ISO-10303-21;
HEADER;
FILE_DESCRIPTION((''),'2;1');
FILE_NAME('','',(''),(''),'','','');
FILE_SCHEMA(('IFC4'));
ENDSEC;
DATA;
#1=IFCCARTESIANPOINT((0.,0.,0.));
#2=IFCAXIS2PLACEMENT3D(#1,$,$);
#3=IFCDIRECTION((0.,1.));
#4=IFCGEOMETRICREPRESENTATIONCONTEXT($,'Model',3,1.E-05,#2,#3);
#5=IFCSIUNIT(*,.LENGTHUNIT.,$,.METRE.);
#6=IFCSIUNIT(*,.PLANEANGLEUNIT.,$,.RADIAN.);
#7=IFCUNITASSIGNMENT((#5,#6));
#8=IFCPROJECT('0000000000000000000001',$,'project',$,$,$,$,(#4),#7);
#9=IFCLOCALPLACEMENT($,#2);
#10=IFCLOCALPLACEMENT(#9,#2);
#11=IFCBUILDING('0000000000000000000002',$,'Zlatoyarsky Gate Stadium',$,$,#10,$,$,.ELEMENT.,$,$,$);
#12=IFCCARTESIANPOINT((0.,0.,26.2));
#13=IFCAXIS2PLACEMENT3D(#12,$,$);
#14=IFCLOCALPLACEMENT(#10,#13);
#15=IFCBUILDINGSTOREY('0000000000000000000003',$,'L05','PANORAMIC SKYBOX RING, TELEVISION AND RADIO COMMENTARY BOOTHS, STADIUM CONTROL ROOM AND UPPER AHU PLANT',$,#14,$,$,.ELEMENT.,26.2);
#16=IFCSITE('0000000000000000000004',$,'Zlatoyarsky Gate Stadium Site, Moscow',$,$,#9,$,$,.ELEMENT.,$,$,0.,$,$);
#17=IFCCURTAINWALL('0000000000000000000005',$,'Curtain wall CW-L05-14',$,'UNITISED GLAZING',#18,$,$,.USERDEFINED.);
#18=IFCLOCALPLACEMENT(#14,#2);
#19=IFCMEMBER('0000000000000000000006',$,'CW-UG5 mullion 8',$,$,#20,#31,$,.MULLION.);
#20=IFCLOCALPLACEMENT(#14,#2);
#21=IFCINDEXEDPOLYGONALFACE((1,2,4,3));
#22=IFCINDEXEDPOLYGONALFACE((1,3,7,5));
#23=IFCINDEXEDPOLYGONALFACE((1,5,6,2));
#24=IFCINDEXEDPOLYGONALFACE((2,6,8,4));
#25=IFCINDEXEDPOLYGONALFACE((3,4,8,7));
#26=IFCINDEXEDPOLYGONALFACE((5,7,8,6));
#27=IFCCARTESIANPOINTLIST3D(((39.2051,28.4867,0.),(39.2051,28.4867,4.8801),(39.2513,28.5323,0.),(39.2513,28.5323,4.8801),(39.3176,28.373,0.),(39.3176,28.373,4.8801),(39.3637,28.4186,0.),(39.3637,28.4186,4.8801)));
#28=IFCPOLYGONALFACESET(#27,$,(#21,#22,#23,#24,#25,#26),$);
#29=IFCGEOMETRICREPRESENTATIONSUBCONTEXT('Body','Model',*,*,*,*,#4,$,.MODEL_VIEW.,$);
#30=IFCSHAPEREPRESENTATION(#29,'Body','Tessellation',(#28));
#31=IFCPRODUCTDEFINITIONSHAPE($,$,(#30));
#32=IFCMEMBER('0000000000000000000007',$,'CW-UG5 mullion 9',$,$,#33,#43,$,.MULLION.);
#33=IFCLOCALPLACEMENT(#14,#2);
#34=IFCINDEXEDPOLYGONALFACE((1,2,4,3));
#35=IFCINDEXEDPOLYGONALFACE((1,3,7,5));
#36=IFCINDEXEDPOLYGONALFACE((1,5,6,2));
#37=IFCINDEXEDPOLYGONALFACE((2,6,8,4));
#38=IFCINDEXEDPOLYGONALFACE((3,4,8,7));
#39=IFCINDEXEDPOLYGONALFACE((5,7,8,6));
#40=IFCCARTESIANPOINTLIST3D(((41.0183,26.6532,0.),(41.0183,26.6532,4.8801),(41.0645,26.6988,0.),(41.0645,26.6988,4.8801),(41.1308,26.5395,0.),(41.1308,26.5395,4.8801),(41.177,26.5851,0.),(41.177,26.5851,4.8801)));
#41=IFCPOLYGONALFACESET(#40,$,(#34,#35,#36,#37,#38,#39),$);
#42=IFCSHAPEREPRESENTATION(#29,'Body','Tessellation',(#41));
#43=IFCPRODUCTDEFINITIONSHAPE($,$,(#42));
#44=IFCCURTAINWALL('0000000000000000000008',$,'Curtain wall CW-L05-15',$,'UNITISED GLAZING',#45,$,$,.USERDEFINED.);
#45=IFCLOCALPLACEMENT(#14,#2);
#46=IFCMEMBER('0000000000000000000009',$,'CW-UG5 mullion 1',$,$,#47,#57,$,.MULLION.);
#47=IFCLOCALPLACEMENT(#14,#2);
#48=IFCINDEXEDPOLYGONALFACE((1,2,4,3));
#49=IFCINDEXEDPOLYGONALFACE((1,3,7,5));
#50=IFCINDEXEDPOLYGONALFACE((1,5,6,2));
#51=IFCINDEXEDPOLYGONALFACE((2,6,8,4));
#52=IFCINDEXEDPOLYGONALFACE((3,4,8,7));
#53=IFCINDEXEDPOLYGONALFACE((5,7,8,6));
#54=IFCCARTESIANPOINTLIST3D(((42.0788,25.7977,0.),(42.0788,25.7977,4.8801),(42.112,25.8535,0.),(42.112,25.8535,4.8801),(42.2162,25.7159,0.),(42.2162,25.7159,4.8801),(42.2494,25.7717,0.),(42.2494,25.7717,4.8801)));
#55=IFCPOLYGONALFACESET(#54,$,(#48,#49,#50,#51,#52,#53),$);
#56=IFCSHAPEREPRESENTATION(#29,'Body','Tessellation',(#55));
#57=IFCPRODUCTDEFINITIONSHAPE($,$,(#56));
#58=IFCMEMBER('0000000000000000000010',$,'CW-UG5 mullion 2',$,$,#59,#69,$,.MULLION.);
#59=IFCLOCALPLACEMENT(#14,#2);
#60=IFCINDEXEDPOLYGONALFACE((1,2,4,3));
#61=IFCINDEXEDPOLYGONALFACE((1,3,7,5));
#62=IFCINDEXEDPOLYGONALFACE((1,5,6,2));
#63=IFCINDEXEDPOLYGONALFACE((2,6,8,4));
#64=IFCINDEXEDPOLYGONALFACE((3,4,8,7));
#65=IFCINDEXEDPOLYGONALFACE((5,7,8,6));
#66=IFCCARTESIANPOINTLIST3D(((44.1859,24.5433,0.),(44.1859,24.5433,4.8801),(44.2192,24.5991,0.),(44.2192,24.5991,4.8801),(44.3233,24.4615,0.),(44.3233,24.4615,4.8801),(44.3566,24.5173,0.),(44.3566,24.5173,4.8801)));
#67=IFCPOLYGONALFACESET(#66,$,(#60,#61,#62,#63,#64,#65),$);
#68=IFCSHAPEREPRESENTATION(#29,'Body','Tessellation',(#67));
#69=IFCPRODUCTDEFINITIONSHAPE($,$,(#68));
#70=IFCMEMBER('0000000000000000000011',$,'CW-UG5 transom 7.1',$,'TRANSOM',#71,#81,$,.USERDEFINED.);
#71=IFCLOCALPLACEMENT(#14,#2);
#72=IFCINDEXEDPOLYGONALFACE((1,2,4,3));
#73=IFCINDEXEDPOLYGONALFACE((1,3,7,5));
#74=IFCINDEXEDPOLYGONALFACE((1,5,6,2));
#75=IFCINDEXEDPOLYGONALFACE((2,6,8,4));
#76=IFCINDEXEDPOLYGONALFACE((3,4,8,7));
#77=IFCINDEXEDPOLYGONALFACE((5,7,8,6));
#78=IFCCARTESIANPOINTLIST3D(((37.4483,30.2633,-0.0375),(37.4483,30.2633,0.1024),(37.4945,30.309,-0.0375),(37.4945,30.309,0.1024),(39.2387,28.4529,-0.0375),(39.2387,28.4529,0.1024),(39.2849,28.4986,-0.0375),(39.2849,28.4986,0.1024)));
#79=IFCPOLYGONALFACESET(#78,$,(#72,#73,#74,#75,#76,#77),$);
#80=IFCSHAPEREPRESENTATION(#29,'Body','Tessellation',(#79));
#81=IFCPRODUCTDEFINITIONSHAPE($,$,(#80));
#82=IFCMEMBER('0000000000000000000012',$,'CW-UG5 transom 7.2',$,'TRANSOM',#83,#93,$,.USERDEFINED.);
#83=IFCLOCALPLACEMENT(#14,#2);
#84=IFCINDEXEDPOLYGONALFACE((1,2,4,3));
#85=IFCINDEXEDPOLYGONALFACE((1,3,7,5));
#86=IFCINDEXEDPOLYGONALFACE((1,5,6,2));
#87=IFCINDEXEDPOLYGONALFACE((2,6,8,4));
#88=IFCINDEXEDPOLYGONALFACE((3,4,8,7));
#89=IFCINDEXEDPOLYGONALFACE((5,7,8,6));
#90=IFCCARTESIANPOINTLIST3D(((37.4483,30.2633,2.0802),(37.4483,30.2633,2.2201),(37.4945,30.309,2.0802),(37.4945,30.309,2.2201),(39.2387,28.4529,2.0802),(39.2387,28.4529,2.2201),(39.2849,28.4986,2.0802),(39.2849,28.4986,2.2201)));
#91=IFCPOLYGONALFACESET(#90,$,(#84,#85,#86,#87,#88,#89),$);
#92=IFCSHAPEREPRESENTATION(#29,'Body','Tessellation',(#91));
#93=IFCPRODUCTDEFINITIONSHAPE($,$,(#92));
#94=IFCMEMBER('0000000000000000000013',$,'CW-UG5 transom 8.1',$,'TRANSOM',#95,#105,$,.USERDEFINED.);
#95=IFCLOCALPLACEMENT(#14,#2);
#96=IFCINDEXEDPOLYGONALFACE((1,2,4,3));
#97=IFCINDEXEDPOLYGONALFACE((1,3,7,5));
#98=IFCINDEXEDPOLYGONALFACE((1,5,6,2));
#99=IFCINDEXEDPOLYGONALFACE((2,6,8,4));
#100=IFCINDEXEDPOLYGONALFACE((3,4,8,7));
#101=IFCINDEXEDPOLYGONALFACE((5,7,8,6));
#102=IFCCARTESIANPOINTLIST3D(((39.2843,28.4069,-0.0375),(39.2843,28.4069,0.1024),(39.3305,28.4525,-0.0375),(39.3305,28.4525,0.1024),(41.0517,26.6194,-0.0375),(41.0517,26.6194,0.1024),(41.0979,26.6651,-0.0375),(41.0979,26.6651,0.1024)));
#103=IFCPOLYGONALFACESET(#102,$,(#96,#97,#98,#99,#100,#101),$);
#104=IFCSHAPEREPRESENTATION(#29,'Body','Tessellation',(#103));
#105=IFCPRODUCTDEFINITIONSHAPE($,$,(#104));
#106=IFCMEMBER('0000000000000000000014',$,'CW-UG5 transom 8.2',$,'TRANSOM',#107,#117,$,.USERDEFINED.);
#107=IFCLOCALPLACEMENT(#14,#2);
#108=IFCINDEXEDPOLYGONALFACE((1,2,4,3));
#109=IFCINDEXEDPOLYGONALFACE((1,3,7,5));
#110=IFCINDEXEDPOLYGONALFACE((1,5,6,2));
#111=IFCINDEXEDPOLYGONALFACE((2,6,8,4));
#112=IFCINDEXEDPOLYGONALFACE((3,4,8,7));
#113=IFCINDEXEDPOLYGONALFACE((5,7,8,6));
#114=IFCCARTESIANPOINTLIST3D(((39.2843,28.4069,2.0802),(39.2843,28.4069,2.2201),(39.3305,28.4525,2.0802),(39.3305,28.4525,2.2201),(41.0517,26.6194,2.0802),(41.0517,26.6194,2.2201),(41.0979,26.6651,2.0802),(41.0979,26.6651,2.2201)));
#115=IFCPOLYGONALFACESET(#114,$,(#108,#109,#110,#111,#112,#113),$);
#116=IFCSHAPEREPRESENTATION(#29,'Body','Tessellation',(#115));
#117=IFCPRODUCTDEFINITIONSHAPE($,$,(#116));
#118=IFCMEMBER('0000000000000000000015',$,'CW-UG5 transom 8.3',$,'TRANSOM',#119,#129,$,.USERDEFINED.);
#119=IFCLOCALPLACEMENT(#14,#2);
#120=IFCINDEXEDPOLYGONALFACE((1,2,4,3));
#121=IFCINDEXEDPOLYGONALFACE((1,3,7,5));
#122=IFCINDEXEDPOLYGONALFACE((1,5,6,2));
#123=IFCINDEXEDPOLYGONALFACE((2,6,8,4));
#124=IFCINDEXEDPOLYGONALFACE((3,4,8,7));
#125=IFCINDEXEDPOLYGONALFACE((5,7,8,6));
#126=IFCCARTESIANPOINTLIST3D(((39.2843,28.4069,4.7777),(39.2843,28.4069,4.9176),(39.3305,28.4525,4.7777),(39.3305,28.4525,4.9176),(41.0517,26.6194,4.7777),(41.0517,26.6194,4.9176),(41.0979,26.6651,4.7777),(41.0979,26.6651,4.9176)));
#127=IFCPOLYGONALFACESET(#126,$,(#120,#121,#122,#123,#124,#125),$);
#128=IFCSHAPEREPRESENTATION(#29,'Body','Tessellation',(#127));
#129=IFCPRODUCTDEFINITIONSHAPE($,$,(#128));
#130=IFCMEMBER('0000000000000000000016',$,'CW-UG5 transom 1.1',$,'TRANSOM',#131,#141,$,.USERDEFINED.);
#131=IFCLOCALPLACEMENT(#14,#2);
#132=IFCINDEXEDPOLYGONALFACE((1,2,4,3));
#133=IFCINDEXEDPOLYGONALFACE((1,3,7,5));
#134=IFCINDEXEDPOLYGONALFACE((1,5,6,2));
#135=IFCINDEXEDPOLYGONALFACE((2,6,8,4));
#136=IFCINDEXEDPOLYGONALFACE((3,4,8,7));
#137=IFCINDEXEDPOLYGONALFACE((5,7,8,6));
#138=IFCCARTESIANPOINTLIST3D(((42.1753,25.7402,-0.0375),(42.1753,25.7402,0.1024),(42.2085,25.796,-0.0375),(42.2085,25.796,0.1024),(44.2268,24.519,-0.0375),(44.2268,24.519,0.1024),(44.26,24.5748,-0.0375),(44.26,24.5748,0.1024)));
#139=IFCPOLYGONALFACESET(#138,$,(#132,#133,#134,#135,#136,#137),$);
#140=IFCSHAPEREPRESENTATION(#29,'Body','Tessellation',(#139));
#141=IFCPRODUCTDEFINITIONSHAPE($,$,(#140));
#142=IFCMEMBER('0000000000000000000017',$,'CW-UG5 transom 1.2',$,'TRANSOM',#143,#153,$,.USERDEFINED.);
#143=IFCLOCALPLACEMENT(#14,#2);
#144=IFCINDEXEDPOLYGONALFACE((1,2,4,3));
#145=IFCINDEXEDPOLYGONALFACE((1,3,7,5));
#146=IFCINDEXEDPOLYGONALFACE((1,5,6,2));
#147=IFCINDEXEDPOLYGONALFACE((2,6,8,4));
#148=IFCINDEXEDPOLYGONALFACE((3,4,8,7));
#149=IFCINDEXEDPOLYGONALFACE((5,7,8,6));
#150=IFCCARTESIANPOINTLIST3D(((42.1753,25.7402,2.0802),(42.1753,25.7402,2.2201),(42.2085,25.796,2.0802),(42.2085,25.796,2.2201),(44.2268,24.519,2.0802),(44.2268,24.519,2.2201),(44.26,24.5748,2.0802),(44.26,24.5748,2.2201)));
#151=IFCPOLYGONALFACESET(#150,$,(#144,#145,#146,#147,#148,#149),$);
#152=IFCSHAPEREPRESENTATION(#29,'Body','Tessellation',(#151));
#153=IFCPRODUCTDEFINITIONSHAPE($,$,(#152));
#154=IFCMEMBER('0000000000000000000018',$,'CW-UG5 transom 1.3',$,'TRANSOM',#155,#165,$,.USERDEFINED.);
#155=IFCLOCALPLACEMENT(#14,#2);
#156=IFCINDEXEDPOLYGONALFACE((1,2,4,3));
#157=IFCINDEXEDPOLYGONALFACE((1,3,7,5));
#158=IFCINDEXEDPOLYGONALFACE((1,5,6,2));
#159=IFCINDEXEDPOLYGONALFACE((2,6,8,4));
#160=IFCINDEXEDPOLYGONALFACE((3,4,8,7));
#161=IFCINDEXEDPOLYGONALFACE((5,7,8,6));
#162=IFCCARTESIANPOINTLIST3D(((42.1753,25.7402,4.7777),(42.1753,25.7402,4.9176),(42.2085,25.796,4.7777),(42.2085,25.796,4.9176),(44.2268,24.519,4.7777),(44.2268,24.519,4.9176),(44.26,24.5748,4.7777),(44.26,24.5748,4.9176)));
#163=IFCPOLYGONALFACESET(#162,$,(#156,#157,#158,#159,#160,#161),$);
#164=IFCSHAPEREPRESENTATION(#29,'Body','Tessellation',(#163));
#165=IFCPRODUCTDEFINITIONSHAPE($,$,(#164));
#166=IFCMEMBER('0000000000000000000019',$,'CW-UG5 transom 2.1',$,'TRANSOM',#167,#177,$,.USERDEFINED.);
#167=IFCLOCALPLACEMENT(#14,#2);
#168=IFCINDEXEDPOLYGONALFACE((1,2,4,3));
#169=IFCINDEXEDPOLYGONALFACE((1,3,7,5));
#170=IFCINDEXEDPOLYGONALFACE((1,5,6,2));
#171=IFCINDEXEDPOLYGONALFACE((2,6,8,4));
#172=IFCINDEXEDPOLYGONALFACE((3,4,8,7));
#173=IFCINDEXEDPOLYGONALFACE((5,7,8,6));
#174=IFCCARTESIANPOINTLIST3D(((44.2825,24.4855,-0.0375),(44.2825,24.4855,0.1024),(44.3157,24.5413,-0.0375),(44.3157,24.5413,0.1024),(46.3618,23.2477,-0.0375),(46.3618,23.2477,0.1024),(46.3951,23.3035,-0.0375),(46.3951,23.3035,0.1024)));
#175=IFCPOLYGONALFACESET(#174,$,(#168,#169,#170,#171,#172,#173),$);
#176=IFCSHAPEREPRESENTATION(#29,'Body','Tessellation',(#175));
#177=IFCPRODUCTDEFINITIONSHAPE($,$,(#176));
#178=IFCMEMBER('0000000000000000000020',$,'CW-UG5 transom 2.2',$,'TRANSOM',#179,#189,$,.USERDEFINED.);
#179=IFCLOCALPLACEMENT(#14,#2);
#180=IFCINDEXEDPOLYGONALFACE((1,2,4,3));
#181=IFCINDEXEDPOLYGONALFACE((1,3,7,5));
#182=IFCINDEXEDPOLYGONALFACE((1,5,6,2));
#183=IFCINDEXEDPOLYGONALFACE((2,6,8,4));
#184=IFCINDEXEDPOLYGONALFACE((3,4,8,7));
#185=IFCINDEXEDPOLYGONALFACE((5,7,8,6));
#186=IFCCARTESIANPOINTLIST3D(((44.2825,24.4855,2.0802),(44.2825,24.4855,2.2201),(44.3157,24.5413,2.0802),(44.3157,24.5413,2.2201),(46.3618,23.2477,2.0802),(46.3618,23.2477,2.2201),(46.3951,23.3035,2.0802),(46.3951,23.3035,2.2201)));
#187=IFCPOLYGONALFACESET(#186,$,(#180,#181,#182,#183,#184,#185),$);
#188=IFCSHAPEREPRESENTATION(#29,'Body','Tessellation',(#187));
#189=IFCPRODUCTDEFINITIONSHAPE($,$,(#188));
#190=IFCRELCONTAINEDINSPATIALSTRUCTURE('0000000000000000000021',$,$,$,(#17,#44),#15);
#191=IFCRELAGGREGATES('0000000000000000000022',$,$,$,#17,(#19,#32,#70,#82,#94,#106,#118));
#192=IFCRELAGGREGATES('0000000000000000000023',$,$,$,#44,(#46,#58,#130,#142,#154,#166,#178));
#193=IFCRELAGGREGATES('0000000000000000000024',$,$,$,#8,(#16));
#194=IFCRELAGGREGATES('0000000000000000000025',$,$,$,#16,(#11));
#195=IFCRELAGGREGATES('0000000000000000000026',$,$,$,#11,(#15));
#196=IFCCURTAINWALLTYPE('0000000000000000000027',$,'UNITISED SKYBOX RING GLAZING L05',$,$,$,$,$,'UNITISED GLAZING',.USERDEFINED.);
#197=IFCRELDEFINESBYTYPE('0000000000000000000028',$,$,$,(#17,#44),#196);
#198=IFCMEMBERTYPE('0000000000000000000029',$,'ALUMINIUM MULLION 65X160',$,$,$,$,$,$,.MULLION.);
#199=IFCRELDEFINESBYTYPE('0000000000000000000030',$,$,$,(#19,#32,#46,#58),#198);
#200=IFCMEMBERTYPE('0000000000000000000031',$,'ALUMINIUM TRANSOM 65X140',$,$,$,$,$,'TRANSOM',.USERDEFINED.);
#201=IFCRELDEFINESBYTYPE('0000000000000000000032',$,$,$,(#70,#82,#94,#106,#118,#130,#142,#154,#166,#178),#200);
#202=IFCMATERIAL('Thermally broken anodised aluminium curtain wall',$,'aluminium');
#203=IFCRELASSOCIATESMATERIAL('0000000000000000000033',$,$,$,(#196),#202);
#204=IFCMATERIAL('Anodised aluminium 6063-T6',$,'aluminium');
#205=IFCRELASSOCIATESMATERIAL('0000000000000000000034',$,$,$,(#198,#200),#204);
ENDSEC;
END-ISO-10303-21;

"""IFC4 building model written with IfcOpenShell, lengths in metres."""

from ifc_helpers import new_model, si_unit, direction, frame, origin, origin_2d, place, context, subcontext, project, spatial, rectangle, extrude, material, material_profile, profile_set, type_object, element, aggregate, save


model = new_model("IFC4")

# Units and contexts
model_context = context("Model", 3, precision=1e-05, world=origin(), true_north=direction((0.0, 1.0)))
body_context = subcontext(model_context, "Body", "Model", "MODEL_VIEW")
ifc_project = project(units=[si_unit("LENGTHUNIT", "METRE"), si_unit("PLANEANGLEUNIT", "RADIAN")], contexts=[model_context])

# Site, building, storey
site_placement = place(None, origin())
site = spatial("IfcSite", under=ifc_project, at=site_placement, Name="Zlatoyarsky Gate Stadium Site, Moscow", CompositionType="ELEMENT", RefElevation=0.0)
building_placement = place(site_placement, origin())
building = spatial("IfcBuilding", under=site, at=building_placement, Name="Zlatoyarsky Gate Stadium", CompositionType="ELEMENT")
storey_placement = place(building_placement, frame((0.0, 0.0, 26.2)))
storey = spatial("IfcBuildingStorey", under=building, at=storey_placement, Name="L05", Description="PANORAMIC SKYBOX RING, TELEVISION AND RADIO COMMENTARY BOOTHS, STADIUM CONTROL ROOM AND UPPER AHU PLANT", CompositionType="ELEMENT", Elevation=26.2)

# Curtain walls, members
ifc_material_1 = material(Name="Thermally broken anodised aluminium curtain wall", Category="aluminium")
curtain_wall_type = type_object("IfcCurtainWallType", Name="UNITISED SKYBOX RING GLAZING L05", ElementType="UNITISED GLAZING", PredefinedType="USERDEFINED", material=ifc_material_1)
curtain_wall_1_placement = place(storey_placement, origin())
curtain_wall_1 = element("IfcCurtainWall", 1, at=curtain_wall_1_placement, inside=storey, type_object=curtain_wall_type, Name="Curtain wall CW-L05-14", ObjectType="UNITISED GLAZING", PredefinedType="USERDEFINED")
ifc_material_2 = material(Name="Anodised aluminium 6063-T6", Category="aluminium")
ifc_material_profile_1 = material_profile(ifc_material_2, rectangle(XDim=0.0649, YDim=0.1599, at=origin_2d()), Name="ALU 65X160")
ifc_profile_set_1 = profile_set([ifc_material_profile_1], Name="Anodised aluminium 6063-T6")
member_type_1 = type_object("IfcMemberType", Name="ALUMINIUM MULLION 65X160", PredefinedType="MULLION", material=ifc_profile_set_1)
member_1_placement = place(storey_placement, frame((39.2844, 28.4526, 0.0), z_axis=(0.0, 0.0, 1.0), x_axis=(0.711036, 0.703156, 0.0)))
member_1 = element("IfcMember", 2, at=member_1_placement, type_object=member_type_1, Name="CW-UG5 mullion 8", PredefinedType="MULLION", context=body_context, shape_type="SweptSolid", body=[
    extrude(rectangle(XDim=0.0649, YDim=0.1599, at=origin_2d()), origin(), (0.0, 0.0, 1.0), 4.8801),
])
member_2_placement = place(storey_placement, frame((41.0977, 26.6191, 0.0), z_axis=(0.0, 0.0, 1.0), x_axis=(0.711036, 0.703156, 0.0)))
member_2 = element("IfcMember", 3, at=member_2_placement, type_object=member_type_1, Name="CW-UG5 mullion 9", PredefinedType="MULLION", context=body_context, shape_type="SweptSolid", body=[
    extrude(rectangle(XDim=0.0649, YDim=0.1599, at=origin_2d()), origin(), (0.0, 0.0, 1.0), 4.8801),
])
curtain_wall_2_placement = place(storey_placement, origin())
curtain_wall_2 = element("IfcCurtainWall", 4, at=curtain_wall_2_placement, inside=storey, type_object=curtain_wall_type, Name="Curtain wall CW-L05-15", ObjectType="UNITISED GLAZING", PredefinedType="USERDEFINED")
member_3_placement = place(storey_placement, frame((42.1641, 25.7847, 0.0), z_axis=(0.0, 0.0, 1.0), x_axis=(0.511577, 0.859237, 0.0)))
member_3 = element("IfcMember", 5, at=member_3_placement, type_object=member_type_1, Name="CW-UG5 mullion 1", PredefinedType="MULLION", context=body_context, shape_type="SweptSolid", body=[
    extrude(rectangle(XDim=0.0649, YDim=0.1599, at=origin_2d()), origin(), (0.0, 0.0, 1.0), 4.8801),
])
member_4_placement = place(storey_placement, frame((44.2712, 24.5303, 0.0), z_axis=(0.0, 0.0, 1.0), x_axis=(0.511577, 0.859237, 0.0)))
member_4 = element("IfcMember", 6, at=member_4_placement, type_object=member_type_1, Name="CW-UG5 mullion 2", PredefinedType="MULLION", context=body_context, shape_type="SweptSolid", body=[
    extrude(rectangle(XDim=0.0649, YDim=0.1599, at=origin_2d()), origin(), (0.0, 0.0, 1.0), 4.8801),
])

# Members
ifc_material_profile_2 = material_profile(ifc_material_2, rectangle(XDim=0.0649, YDim=0.1399, at=origin_2d()), Name="ALU 65X140")
ifc_profile_set_2 = profile_set([ifc_material_profile_2], Name="Anodised aluminium 6063-T6")
member_type_2 = type_object("IfcMemberType", Name="ALUMINIUM TRANSOM 65X140", ElementType="TRANSOM", PredefinedType="USERDEFINED", material=ifc_profile_set_2)
member_5_placement = place(storey_placement, frame((37.4714, 30.2861, 0.0325), z_axis=(0.703164, -0.711027, 0.0), x_axis=(0.711027, 0.703164, 0.0)))
member_5 = element("IfcMember", 7, at=member_5_placement, type_object=member_type_2, Name="CW-UG5 transom 7.1", ObjectType="TRANSOM", PredefinedType="USERDEFINED", context=body_context, shape_type="SweptSolid", body=[
    extrude(rectangle(XDim=0.0649, YDim=0.1399, at=origin_2d()), origin(), (0.0, 0.0, 1.0), 2.5461),
])
member_6_placement = place(storey_placement, frame((37.4714, 30.2861, 2.1501), z_axis=(0.703164, -0.711027, 0.0), x_axis=(0.711027, 0.703164, 0.0)))
member_6 = element("IfcMember", 8, at=member_6_placement, type_object=member_type_2, Name="CW-UG5 transom 7.2", ObjectType="TRANSOM", PredefinedType="USERDEFINED", context=body_context, shape_type="SweptSolid", body=[
    extrude(rectangle(XDim=0.0649, YDim=0.1399, at=origin_2d()), origin(), (0.0, 0.0, 1.0), 2.5461),
])
member_7_placement = place(storey_placement, frame((39.3074, 28.4297, 0.0325), z_axis=(0.703113, -0.711078, 0.0), x_axis=(0.711078, 0.703113, 0.0)))
member_7 = element("IfcMember", 9, at=member_7_placement, type_object=member_type_2, Name="CW-UG5 transom 8.1", ObjectType="TRANSOM", PredefinedType="USERDEFINED", context=body_context, shape_type="SweptSolid", body=[
    extrude(rectangle(XDim=0.0649, YDim=0.1399, at=origin_2d()), origin(), (0.0, 0.0, 1.0), 2.5137),
])
member_8_placement = place(storey_placement, frame((39.3074, 28.4297, 2.1501), z_axis=(0.703113, -0.711078, 0.0), x_axis=(0.711078, 0.703113, 0.0)))
member_8 = element("IfcMember", 10, at=member_8_placement, type_object=member_type_2, Name="CW-UG5 transom 8.2", ObjectType="TRANSOM", PredefinedType="USERDEFINED", context=body_context, shape_type="SweptSolid", body=[
    extrude(rectangle(XDim=0.0649, YDim=0.1399, at=origin_2d()), origin(), (0.0, 0.0, 1.0), 2.5137),
])
member_9_placement = place(storey_placement, frame((39.3074, 28.4297, 4.8477), z_axis=(0.703113, -0.711078, 0.0), x_axis=(0.711078, 0.703113, 0.0)))
member_9 = element("IfcMember", 11, at=member_9_placement, type_object=member_type_2, Name="CW-UG5 transom 8.3", ObjectType="TRANSOM", PredefinedType="USERDEFINED", context=body_context, shape_type="SweptSolid", body=[
    extrude(rectangle(XDim=0.0649, YDim=0.1399, at=origin_2d()), origin(), (0.0, 0.0, 1.0), 2.5137),
])
member_10_placement = place(storey_placement, frame((42.1919, 25.7681, 0.0325), z_axis=(0.859283, -0.5115, 0.0), x_axis=(0.5115, 0.859283, 0.0)))
member_10 = element("IfcMember", 12, at=member_10_placement, type_object=member_type_2, Name="CW-UG5 transom 1.1", ObjectType="TRANSOM", PredefinedType="USERDEFINED", context=body_context, shape_type="SweptSolid", body=[
    extrude(rectangle(XDim=0.0649, YDim=0.1399, at=origin_2d()), origin(), (0.0, 0.0, 1.0), 2.3875),
])
member_11_placement = place(storey_placement, frame((42.1919, 25.7681, 2.1501), z_axis=(0.859283, -0.5115, 0.0), x_axis=(0.5115, 0.859283, 0.0)))
member_11 = element("IfcMember", 13, at=member_11_placement, type_object=member_type_2, Name="CW-UG5 transom 1.2", ObjectType="TRANSOM", PredefinedType="USERDEFINED", context=body_context, shape_type="SweptSolid", body=[
    extrude(rectangle(XDim=0.0649, YDim=0.1399, at=origin_2d()), origin(), (0.0, 0.0, 1.0), 2.3875),
])
member_12_placement = place(storey_placement, frame((42.1919, 25.7681, 4.8477), z_axis=(0.859283, -0.5115, 0.0), x_axis=(0.5115, 0.859283, 0.0)))
member_12 = element("IfcMember", 14, at=member_12_placement, type_object=member_type_2, Name="CW-UG5 transom 1.3", ObjectType="TRANSOM", PredefinedType="USERDEFINED", context=body_context, shape_type="SweptSolid", body=[
    extrude(rectangle(XDim=0.0649, YDim=0.1399, at=origin_2d()), origin(), (0.0, 0.0, 1.0), 2.3875),
])
member_13_placement = place(storey_placement, frame((44.2991, 24.5134, 0.0325), z_axis=(0.859277, -0.51151, 0.0), x_axis=(0.51151, 0.859277, 0.0)))
member_13 = element("IfcMember", 15, at=member_13_placement, type_object=member_type_2, Name="CW-UG5 transom 2.1", ObjectType="TRANSOM", PredefinedType="USERDEFINED", context=body_context, shape_type="SweptSolid", body=[
    extrude(rectangle(XDim=0.0649, YDim=0.1399, at=origin_2d()), origin(), (0.0, 0.0, 1.0), 2.4199),
])
member_14_placement = place(storey_placement, frame((44.2991, 24.5134, 2.1501), z_axis=(0.859277, -0.51151, 0.0), x_axis=(0.51151, 0.859277, 0.0)))
member_14 = element("IfcMember", 16, at=member_14_placement, type_object=member_type_2, Name="CW-UG5 transom 2.2", ObjectType="TRANSOM", PredefinedType="USERDEFINED", context=body_context, shape_type="SweptSolid", body=[
    extrude(rectangle(XDim=0.0649, YDim=0.1399, at=origin_2d()), origin(), (0.0, 0.0, 1.0), 2.4199),
])

aggregate(curtain_wall_1, [member_1, member_2, member_5, member_6, member_7, member_8, member_9])
aggregate(curtain_wall_2, [member_3, member_4, member_10, member_11, member_12, member_13, member_14])

save(model, "model.ifc")
